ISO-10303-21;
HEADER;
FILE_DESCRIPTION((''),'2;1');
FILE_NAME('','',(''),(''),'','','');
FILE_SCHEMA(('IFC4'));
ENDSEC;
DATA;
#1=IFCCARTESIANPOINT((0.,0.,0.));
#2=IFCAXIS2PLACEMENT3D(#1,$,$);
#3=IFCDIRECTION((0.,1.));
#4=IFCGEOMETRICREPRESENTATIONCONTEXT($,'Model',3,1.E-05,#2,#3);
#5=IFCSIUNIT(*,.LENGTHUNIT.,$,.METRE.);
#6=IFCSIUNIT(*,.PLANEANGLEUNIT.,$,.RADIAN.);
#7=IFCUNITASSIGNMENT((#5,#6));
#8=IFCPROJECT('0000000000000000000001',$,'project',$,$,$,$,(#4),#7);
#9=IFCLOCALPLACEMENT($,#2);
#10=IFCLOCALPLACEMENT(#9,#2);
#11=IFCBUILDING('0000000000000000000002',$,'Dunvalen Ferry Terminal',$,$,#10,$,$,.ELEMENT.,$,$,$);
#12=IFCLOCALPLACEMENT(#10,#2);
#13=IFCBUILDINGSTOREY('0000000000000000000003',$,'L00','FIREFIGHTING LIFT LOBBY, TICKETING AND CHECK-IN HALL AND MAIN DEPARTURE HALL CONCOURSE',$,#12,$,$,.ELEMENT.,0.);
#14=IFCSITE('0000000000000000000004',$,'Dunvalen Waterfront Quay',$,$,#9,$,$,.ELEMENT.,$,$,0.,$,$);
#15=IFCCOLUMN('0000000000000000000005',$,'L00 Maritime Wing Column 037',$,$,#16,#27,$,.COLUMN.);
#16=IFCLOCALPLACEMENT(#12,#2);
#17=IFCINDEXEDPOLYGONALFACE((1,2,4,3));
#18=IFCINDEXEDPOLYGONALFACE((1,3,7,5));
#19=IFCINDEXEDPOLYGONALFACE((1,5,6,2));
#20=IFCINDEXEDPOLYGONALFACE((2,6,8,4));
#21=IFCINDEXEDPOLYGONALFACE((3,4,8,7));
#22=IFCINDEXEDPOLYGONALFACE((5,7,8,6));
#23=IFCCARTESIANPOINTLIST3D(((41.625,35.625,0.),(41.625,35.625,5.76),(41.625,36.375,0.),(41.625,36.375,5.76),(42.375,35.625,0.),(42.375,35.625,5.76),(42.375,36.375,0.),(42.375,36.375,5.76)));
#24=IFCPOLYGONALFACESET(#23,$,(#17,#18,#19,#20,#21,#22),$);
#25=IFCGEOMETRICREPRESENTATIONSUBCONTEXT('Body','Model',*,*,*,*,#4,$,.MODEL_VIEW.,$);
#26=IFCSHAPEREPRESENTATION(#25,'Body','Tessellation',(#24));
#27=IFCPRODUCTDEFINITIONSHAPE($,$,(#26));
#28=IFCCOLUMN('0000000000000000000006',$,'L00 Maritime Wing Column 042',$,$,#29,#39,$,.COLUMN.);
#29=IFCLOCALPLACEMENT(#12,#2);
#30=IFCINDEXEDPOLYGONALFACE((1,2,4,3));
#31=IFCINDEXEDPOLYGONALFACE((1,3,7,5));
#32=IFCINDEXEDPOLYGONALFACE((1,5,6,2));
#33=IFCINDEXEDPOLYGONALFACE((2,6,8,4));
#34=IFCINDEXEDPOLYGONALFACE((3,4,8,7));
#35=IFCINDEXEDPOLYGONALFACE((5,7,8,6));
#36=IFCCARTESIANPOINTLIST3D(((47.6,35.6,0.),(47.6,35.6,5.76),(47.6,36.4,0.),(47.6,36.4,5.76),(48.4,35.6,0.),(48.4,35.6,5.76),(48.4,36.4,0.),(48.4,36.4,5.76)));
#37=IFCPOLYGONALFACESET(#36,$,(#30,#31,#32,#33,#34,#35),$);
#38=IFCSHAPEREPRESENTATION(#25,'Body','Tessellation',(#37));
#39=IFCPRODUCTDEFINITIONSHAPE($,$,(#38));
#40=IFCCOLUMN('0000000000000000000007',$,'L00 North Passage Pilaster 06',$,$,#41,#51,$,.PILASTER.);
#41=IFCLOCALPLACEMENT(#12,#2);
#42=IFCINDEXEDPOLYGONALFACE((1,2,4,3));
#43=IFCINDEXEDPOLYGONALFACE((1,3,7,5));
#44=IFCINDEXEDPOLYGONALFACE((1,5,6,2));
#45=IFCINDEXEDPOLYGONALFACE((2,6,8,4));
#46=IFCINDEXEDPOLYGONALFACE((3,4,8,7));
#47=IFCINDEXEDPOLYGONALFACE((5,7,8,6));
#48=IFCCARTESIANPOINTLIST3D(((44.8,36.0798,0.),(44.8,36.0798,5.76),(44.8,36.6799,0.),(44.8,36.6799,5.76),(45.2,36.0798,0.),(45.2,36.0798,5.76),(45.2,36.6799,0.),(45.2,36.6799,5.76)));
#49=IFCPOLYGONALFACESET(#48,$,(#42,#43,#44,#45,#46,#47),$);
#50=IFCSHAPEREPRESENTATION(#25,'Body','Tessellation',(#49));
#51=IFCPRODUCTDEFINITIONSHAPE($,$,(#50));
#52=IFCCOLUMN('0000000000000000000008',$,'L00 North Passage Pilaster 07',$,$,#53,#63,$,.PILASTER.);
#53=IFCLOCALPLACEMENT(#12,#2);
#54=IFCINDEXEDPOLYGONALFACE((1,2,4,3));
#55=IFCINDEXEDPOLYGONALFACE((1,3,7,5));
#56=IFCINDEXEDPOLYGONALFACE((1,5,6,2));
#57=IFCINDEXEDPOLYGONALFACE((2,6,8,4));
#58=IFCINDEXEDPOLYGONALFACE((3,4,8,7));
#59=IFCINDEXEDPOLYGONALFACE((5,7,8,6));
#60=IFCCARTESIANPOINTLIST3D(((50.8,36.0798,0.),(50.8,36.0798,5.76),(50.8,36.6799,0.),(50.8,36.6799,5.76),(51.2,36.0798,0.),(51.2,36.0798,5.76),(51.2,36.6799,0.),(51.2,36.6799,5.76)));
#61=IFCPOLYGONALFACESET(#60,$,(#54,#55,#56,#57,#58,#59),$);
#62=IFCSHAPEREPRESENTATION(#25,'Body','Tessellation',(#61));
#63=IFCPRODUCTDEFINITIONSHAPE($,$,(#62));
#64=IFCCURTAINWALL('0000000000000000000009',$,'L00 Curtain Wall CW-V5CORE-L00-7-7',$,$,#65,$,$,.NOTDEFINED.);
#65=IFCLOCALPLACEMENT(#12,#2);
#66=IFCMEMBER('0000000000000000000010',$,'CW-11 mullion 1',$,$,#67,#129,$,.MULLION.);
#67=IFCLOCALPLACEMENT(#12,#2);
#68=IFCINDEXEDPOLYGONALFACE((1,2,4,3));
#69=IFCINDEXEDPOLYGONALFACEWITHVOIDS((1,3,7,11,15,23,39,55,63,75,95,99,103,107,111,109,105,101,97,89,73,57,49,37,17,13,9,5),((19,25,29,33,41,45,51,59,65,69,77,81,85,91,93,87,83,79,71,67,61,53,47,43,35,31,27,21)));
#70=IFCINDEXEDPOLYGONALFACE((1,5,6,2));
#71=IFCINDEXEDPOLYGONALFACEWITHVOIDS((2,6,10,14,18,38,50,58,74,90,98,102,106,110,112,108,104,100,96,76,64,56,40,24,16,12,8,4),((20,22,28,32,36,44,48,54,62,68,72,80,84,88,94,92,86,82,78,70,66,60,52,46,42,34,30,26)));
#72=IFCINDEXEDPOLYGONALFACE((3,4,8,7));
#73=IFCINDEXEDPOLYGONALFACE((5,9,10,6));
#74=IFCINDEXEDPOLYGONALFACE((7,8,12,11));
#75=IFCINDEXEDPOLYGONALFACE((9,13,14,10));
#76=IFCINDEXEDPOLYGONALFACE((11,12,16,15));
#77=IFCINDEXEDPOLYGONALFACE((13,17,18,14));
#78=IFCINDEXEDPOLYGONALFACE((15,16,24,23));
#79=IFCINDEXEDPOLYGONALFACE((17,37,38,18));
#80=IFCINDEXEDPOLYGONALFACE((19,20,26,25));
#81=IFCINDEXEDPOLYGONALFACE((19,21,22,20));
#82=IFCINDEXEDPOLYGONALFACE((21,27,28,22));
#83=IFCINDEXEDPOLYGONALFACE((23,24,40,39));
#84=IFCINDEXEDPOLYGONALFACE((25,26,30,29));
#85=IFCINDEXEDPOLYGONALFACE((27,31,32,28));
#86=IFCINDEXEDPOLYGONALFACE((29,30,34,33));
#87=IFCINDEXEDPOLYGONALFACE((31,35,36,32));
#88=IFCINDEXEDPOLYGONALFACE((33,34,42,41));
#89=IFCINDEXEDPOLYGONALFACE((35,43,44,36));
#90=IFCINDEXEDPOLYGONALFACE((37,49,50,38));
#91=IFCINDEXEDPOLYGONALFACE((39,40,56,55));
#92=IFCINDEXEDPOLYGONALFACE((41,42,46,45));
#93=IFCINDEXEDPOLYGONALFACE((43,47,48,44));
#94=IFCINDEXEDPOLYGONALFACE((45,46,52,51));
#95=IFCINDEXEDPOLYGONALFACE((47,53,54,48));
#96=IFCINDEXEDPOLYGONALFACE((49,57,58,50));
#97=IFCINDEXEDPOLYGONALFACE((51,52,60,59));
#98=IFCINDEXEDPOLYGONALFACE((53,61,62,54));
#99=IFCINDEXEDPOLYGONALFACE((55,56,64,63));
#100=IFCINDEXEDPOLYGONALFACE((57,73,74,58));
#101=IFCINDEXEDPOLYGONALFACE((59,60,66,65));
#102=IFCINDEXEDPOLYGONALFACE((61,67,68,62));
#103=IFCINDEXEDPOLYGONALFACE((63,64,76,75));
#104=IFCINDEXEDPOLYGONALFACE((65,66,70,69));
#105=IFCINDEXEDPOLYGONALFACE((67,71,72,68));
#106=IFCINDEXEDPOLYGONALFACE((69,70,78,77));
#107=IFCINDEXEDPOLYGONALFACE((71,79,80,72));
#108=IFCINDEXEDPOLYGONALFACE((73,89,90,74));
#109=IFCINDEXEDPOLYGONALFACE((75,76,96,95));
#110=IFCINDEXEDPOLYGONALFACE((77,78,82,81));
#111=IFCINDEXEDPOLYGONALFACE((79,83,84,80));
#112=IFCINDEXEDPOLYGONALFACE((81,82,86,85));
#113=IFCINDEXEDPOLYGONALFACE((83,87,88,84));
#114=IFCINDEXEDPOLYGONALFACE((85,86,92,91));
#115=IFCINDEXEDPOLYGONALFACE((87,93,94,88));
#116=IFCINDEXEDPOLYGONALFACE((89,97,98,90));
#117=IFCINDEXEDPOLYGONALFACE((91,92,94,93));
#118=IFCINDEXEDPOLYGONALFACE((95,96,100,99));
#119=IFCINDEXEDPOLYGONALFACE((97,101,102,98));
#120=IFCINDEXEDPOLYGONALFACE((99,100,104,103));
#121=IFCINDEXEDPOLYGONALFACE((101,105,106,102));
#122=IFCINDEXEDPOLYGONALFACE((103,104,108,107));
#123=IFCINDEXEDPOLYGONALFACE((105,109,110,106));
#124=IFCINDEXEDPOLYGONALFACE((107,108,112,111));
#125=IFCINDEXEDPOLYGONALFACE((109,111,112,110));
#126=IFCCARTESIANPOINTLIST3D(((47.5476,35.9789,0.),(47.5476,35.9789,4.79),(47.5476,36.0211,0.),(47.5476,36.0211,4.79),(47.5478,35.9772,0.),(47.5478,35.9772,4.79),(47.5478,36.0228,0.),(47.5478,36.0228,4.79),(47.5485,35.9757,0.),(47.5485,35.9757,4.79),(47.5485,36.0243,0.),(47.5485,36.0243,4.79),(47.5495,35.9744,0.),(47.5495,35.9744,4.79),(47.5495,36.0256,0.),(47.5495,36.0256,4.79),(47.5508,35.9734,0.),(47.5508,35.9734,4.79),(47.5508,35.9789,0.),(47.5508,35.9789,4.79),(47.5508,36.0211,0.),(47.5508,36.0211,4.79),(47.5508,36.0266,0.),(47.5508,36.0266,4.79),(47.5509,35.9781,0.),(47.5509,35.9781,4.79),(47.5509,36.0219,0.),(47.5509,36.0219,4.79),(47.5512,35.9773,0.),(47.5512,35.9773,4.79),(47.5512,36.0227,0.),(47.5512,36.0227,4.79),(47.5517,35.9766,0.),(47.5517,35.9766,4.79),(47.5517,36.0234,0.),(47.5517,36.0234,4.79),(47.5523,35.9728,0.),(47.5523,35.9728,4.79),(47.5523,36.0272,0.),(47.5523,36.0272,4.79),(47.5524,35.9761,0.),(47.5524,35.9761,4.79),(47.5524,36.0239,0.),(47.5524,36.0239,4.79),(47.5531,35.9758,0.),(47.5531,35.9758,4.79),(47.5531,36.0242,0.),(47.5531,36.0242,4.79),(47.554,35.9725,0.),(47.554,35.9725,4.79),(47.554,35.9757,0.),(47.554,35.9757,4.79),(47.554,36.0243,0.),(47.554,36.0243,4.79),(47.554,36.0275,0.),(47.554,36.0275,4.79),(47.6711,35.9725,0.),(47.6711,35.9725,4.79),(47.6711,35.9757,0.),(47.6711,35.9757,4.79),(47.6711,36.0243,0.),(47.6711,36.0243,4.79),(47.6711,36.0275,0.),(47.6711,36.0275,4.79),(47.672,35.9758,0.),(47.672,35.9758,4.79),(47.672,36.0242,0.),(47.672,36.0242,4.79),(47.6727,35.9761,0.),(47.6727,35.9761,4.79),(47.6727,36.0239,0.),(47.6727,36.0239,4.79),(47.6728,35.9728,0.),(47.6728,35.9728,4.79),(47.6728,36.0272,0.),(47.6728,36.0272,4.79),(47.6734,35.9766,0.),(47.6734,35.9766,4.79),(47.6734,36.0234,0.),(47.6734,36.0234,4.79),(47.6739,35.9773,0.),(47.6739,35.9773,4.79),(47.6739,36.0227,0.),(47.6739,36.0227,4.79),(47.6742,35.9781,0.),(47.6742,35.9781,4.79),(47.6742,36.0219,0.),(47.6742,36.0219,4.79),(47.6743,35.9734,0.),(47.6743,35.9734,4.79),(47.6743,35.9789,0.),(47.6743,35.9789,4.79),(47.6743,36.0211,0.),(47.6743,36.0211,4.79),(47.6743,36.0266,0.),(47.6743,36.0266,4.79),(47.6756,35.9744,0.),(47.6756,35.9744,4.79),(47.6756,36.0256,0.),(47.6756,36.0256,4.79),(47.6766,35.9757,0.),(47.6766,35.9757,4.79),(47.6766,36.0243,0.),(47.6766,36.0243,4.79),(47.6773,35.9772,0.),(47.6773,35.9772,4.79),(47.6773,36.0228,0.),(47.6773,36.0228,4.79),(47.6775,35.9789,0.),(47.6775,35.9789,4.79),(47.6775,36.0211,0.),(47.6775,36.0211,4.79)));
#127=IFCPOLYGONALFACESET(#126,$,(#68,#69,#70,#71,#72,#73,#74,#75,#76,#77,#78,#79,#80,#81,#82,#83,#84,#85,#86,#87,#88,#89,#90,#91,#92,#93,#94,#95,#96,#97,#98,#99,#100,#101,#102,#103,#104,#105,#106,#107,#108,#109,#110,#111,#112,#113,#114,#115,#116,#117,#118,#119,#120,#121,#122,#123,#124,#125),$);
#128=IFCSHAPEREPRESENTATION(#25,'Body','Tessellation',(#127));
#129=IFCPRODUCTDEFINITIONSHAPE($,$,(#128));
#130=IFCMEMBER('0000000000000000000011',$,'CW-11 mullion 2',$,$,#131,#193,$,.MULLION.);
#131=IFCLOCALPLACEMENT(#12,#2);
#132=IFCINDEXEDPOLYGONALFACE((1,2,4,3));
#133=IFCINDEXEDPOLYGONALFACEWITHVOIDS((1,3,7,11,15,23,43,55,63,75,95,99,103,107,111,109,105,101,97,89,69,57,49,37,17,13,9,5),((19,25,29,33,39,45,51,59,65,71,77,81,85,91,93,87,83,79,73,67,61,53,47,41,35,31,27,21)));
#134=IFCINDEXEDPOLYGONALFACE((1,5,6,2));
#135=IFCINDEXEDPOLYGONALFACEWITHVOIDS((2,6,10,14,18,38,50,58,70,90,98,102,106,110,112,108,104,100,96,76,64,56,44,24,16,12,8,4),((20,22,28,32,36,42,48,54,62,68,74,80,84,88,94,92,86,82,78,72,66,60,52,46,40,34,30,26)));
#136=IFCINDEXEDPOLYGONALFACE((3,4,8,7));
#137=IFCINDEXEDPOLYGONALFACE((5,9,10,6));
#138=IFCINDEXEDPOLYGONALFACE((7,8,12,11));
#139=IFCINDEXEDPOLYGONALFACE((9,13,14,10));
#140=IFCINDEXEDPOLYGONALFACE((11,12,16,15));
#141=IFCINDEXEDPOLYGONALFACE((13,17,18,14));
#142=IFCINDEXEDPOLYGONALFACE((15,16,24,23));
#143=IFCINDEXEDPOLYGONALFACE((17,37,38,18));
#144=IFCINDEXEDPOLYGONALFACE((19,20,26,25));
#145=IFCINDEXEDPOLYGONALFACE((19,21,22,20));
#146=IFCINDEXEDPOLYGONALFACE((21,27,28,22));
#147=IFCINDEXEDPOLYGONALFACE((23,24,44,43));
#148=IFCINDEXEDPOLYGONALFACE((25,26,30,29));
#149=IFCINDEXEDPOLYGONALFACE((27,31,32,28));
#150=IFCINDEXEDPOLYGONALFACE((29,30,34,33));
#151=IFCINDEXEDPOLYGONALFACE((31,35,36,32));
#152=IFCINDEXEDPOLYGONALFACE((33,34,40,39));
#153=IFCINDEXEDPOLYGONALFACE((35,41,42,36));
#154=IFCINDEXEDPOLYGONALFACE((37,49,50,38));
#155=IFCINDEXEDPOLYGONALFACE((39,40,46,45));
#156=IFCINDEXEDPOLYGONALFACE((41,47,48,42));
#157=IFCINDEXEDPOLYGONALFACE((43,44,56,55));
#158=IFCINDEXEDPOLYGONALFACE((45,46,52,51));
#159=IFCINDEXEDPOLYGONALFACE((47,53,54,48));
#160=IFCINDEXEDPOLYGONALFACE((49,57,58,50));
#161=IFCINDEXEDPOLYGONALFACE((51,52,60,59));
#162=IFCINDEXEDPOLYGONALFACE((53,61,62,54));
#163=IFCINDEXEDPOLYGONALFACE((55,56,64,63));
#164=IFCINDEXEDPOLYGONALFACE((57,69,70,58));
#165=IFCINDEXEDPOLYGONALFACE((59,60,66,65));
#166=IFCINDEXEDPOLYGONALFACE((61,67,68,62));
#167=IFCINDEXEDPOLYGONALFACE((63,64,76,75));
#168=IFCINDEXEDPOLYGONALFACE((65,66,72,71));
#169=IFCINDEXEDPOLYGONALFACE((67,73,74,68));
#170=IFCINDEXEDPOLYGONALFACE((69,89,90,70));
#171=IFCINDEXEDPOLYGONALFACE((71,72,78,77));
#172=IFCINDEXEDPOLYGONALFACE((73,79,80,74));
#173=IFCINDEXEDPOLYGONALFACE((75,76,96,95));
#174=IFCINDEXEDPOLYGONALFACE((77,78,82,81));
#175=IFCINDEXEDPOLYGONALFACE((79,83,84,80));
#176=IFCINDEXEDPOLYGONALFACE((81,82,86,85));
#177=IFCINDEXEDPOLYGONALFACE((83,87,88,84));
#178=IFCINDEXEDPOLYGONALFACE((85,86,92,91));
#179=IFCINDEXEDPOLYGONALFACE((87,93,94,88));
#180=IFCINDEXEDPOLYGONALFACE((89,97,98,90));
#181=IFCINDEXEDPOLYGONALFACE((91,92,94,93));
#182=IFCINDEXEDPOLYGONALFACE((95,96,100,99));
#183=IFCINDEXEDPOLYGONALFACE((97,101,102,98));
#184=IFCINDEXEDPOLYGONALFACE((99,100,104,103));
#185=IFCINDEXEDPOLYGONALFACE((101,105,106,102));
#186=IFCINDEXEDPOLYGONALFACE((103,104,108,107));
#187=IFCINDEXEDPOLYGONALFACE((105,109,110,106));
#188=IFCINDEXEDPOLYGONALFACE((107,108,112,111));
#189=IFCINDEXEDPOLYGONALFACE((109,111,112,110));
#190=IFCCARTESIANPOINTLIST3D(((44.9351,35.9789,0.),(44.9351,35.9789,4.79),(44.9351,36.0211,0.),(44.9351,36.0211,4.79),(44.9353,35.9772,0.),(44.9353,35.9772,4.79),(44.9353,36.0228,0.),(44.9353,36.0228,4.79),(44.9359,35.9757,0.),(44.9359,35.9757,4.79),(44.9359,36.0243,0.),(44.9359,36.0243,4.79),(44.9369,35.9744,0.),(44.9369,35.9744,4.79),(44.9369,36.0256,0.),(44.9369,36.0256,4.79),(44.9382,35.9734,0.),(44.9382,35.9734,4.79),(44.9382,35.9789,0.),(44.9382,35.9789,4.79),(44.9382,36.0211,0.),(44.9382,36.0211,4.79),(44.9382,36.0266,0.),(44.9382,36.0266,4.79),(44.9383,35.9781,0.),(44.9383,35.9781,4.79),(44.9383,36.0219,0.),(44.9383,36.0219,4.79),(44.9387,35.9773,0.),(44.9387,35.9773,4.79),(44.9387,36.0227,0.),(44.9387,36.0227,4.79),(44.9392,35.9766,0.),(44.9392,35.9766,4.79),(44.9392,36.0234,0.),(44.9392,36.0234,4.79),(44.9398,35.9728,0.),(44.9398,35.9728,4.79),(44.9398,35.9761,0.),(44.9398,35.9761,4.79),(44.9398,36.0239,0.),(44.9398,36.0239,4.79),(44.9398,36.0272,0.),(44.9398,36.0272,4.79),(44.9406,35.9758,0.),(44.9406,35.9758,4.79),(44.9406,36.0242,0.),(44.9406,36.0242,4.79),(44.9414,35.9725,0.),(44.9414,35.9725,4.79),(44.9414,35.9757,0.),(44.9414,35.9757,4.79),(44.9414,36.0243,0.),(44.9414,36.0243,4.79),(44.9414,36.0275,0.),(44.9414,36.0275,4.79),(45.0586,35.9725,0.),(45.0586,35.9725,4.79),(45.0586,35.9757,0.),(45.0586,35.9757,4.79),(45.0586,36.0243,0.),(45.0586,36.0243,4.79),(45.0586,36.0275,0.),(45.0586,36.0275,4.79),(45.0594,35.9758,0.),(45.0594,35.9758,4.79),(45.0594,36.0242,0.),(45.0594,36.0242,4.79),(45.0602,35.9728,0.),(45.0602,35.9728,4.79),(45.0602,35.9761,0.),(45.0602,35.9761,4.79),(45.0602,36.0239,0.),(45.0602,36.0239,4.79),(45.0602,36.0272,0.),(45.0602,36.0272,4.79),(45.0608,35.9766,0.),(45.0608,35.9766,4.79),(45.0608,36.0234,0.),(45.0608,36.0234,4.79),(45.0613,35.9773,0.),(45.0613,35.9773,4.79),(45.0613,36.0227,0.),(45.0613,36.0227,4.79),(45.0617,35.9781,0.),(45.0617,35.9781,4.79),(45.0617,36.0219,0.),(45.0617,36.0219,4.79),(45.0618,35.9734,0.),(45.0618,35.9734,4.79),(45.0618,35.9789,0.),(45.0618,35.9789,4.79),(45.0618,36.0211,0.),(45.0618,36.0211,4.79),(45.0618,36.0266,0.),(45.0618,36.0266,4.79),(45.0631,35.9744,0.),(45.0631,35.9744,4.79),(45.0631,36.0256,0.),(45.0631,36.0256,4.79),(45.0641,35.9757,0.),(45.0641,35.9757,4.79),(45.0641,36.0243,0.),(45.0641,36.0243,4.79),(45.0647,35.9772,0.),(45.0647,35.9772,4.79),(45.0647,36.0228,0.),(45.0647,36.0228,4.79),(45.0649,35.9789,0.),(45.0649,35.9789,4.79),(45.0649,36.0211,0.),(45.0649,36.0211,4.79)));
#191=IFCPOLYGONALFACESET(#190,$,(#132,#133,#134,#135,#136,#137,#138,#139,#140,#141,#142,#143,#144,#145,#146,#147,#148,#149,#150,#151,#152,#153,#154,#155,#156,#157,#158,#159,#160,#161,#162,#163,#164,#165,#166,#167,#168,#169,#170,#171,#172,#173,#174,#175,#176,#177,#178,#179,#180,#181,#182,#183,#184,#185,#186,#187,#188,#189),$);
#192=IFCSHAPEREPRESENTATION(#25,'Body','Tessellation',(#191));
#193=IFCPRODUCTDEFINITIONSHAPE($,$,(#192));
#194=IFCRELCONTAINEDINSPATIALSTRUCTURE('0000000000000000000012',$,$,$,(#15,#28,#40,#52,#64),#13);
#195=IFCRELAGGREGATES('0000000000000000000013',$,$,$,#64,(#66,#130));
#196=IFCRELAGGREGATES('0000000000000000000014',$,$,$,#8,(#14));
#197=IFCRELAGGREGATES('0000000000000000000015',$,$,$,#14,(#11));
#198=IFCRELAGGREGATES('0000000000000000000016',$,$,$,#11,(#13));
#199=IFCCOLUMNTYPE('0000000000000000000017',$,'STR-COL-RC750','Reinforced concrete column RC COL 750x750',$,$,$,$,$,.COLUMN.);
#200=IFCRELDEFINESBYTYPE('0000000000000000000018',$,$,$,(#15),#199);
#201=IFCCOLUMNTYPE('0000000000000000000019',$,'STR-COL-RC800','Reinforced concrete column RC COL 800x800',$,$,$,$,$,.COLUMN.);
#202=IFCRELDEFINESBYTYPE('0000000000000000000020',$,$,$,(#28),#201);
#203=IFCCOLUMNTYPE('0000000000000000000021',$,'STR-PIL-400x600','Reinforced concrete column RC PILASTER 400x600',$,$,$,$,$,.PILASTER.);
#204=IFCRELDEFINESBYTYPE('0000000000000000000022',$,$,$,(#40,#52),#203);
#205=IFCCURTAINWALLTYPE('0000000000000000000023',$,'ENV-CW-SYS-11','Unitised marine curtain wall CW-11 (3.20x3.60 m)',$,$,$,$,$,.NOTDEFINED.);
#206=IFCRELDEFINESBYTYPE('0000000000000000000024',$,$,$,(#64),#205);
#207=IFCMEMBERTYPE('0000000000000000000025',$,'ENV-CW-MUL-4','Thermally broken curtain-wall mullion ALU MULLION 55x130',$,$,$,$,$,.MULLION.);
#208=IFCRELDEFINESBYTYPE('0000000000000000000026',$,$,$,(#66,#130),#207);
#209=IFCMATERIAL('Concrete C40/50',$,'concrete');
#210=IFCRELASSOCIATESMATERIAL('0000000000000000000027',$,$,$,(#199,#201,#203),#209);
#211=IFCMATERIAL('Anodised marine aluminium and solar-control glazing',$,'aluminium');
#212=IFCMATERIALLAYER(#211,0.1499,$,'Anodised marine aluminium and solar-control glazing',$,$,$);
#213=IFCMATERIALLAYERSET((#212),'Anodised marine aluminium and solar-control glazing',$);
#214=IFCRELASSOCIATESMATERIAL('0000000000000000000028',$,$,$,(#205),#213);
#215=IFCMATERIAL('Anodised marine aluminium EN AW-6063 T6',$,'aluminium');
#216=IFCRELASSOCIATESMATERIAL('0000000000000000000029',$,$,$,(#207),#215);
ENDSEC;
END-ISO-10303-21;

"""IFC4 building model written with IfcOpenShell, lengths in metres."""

from ifc_helpers import new_model, si_unit, direction, frame, origin, origin_2d, place, context, subcontext, project, spatial, rectangle, hollow_rectangle, extrude, material, layer, layer_set, material_profile, profile_set, type_object, element, aggregate, save


model = new_model("IFC4")

# Units and contexts
model_context = context("Model", 3, precision=1e-05, world=origin(), true_north=direction((0.0, 1.0)))
body_context = subcontext(model_context, "Body", "Model", "MODEL_VIEW")
ifc_project = project(units=[si_unit("LENGTHUNIT", "METRE"), si_unit("PLANEANGLEUNIT", "RADIAN")], contexts=[model_context])

# Site, building, storey
site_placement = place(None, origin())
site = spatial("IfcSite", under=ifc_project, at=site_placement, Name="Dunvalen Waterfront Quay", CompositionType="ELEMENT", RefElevation=0.0)
building_placement = place(site_placement, origin())
building = spatial("IfcBuilding", under=site, at=building_placement, Name="Dunvalen Ferry Terminal", CompositionType="ELEMENT")
storey_placement = place(building_placement, origin())
storey = spatial("IfcBuildingStorey", under=building, at=storey_placement, Name="L00", Description="FIREFIGHTING LIFT LOBBY, TICKETING AND CHECK-IN HALL AND MAIN DEPARTURE HALL CONCOURSE", CompositionType="ELEMENT", Elevation=0.0)

# Columns
ifc_material_1 = material(Name="Concrete C40/50", Category="concrete")
ifc_material_profile_1 = material_profile(ifc_material_1, rectangle(XDim=0.75, YDim=0.75, at=origin_2d()), Name="Concrete C40/50")
ifc_profile_set_1 = profile_set([ifc_material_profile_1], Name="Concrete C40/50")
column_type_1 = type_object("IfcColumnType", Name="STR-COL-RC750", Description="Reinforced concrete column RC COL 750x750", PredefinedType="COLUMN", material=ifc_profile_set_1)
column_1_placement = place(storey_placement, frame((42.0, 36.0, 0.0), z_axis=(0.0, 0.0, 1.0), x_axis=(1.0, 0.0, 0.0)))
element("IfcColumn", 1, at=column_1_placement, inside=storey, type_object=column_type_1, Name="L00 Maritime Wing Column 037", PredefinedType="COLUMN", context=body_context, shape_type="SweptSolid", body=[
    extrude(rectangle(XDim=0.75, YDim=0.75, at=origin_2d()), origin(), (0.0, 0.0, 1.0), 5.76),
])
ifc_material_profile_2 = material_profile(ifc_material_1, rectangle(XDim=0.8, YDim=0.8, at=origin_2d()), Name="Concrete C40/50")
ifc_profile_set_2 = profile_set([ifc_material_profile_2], Name="Concrete C40/50")
column_type_2 = type_object("IfcColumnType", Name="STR-COL-RC800", Description="Reinforced concrete column RC COL 800x800", PredefinedType="COLUMN", material=ifc_profile_set_2)
column_2_placement = place(storey_placement, frame((48.0, 36.0, 0.0), z_axis=(0.0, 0.0, 1.0), x_axis=(1.0, 0.0, 0.0)))
element("IfcColumn", 2, at=column_2_placement, inside=storey, type_object=column_type_2, Name="L00 Maritime Wing Column 042", PredefinedType="COLUMN", context=body_context, shape_type="SweptSolid", body=[
    extrude(rectangle(XDim=0.8, YDim=0.8, at=origin_2d()), origin(), (0.0, 0.0, 1.0), 5.76),
])
ifc_material_profile_3 = material_profile(ifc_material_1, rectangle(XDim=0.3999, YDim=0.6001, at=origin_2d()), Name="Concrete C40/50")
ifc_profile_set_3 = profile_set([ifc_material_profile_3], Name="Concrete C40/50")
column_type_3 = type_object("IfcColumnType", Name="STR-PIL-400x600", Description="Reinforced concrete column RC PILASTER 400x600", PredefinedType="PILASTER", material=ifc_profile_set_3)
for number, where, z_axis, x_axis, name in (
    (3, (45.0, 36.3799, 0.0), (0.0, 0.0, 1.0), (1.0, 0.0, 0.0), "L00 North Passage Pilaster 06"),
    (4, (51.0, 36.3799, 0.0), (0.0, 0.0, 1.0), (1.0, 0.0, 0.0), "L00 North Passage Pilaster 07"),
):
    element("IfcColumn", number, at=place(storey_placement, frame(where, z_axis=z_axis, x_axis=x_axis)), inside=storey, type_object=column_type_3, Name=name, PredefinedType="PILASTER", context=body_context, shape_type="SweptSolid", body=[
        extrude(rectangle(XDim=0.3999, YDim=0.6001, at=origin_2d()), origin(), (0.0, 0.0, 1.0), 5.76),
    ])

# Curtain wall, members
ifc_material_2 = material(Name="Anodised marine aluminium and solar-control glazing", Category="aluminium")
ifc_layer_1 = layer(ifc_material_2, 0.1499, Name="Anodised marine aluminium and solar-control glazing")
ifc_layer_set_1 = layer_set([ifc_layer_1], Name="Anodised marine aluminium and solar-control glazing")
curtain_wall_type = type_object("IfcCurtainWallType", Name="ENV-CW-SYS-11", Description="Unitised marine curtain wall CW-11 (3.20x3.60 m)", PredefinedType="NOTDEFINED", material=ifc_layer_set_1)
curtain_wall_placement = place(storey_placement, origin())
curtain_wall = element("IfcCurtainWall", 5, at=curtain_wall_placement, inside=storey, type_object=curtain_wall_type, Name="L00 Curtain Wall CW-V5CORE-L00-7-7", PredefinedType="NOTDEFINED")
ifc_material_3 = material(Name="Anodised marine aluminium EN AW-6063 T6", Category="aluminium")
ifc_material_profile_4 = material_profile(ifc_material_3, hollow_rectangle(XDim=0.0549, YDim=0.1299, WallThickness=0.0032, InnerFilletRadius=0.0032, OuterFilletRadius=0.0063, at=origin_2d()), Name="Anodised marine aluminium EN AW-6063 T6")
ifc_profile_set_4 = profile_set([ifc_material_profile_4], Name="Anodised marine aluminium EN AW-6063 T6")
member_type_1 = type_object("IfcMemberType", Name="ENV-CW-MUL-4", Description="Thermally broken curtain-wall mullion ALU MULLION 55x130", PredefinedType="MULLION", material=ifc_profile_set_4)
member_1_placement = place(storey_placement, frame((47.6125, 36.0, 0.0), z_axis=(0.0, 0.0, 1.0), x_axis=(0.0, -1.0, 0.0)))
member_1 = element("IfcMember", 6, at=member_1_placement, type_object=member_type_1, Name="CW-11 mullion 1", PredefinedType="MULLION", context=body_context, shape_type="SweptSolid", body=[
    extrude(hollow_rectangle(XDim=0.0549, YDim=0.1299, WallThickness=0.0032, InnerFilletRadius=0.0032, OuterFilletRadius=0.0063, at=origin_2d()), origin(), (0.0, 0.0, 1.0), 4.79),
])
member_2_placement = place(storey_placement, frame((45.0, 36.0, 0.0), z_axis=(0.0, 0.0, 1.0), x_axis=(0.0, -1.0, 0.0)))
member_2 = element("IfcMember", 7, at=member_2_placement, type_object=member_type_1, Name="CW-11 mullion 2", PredefinedType="MULLION", context=body_context, shape_type="SweptSolid", body=[
    extrude(hollow_rectangle(XDim=0.0549, YDim=0.1299, WallThickness=0.0032, InnerFilletRadius=0.0032, OuterFilletRadius=0.0063, at=origin_2d()), origin(), (0.0, 0.0, 1.0), 4.79),
])

aggregate(curtain_wall, [member_1, member_2])

save(model, "model.ifc")
